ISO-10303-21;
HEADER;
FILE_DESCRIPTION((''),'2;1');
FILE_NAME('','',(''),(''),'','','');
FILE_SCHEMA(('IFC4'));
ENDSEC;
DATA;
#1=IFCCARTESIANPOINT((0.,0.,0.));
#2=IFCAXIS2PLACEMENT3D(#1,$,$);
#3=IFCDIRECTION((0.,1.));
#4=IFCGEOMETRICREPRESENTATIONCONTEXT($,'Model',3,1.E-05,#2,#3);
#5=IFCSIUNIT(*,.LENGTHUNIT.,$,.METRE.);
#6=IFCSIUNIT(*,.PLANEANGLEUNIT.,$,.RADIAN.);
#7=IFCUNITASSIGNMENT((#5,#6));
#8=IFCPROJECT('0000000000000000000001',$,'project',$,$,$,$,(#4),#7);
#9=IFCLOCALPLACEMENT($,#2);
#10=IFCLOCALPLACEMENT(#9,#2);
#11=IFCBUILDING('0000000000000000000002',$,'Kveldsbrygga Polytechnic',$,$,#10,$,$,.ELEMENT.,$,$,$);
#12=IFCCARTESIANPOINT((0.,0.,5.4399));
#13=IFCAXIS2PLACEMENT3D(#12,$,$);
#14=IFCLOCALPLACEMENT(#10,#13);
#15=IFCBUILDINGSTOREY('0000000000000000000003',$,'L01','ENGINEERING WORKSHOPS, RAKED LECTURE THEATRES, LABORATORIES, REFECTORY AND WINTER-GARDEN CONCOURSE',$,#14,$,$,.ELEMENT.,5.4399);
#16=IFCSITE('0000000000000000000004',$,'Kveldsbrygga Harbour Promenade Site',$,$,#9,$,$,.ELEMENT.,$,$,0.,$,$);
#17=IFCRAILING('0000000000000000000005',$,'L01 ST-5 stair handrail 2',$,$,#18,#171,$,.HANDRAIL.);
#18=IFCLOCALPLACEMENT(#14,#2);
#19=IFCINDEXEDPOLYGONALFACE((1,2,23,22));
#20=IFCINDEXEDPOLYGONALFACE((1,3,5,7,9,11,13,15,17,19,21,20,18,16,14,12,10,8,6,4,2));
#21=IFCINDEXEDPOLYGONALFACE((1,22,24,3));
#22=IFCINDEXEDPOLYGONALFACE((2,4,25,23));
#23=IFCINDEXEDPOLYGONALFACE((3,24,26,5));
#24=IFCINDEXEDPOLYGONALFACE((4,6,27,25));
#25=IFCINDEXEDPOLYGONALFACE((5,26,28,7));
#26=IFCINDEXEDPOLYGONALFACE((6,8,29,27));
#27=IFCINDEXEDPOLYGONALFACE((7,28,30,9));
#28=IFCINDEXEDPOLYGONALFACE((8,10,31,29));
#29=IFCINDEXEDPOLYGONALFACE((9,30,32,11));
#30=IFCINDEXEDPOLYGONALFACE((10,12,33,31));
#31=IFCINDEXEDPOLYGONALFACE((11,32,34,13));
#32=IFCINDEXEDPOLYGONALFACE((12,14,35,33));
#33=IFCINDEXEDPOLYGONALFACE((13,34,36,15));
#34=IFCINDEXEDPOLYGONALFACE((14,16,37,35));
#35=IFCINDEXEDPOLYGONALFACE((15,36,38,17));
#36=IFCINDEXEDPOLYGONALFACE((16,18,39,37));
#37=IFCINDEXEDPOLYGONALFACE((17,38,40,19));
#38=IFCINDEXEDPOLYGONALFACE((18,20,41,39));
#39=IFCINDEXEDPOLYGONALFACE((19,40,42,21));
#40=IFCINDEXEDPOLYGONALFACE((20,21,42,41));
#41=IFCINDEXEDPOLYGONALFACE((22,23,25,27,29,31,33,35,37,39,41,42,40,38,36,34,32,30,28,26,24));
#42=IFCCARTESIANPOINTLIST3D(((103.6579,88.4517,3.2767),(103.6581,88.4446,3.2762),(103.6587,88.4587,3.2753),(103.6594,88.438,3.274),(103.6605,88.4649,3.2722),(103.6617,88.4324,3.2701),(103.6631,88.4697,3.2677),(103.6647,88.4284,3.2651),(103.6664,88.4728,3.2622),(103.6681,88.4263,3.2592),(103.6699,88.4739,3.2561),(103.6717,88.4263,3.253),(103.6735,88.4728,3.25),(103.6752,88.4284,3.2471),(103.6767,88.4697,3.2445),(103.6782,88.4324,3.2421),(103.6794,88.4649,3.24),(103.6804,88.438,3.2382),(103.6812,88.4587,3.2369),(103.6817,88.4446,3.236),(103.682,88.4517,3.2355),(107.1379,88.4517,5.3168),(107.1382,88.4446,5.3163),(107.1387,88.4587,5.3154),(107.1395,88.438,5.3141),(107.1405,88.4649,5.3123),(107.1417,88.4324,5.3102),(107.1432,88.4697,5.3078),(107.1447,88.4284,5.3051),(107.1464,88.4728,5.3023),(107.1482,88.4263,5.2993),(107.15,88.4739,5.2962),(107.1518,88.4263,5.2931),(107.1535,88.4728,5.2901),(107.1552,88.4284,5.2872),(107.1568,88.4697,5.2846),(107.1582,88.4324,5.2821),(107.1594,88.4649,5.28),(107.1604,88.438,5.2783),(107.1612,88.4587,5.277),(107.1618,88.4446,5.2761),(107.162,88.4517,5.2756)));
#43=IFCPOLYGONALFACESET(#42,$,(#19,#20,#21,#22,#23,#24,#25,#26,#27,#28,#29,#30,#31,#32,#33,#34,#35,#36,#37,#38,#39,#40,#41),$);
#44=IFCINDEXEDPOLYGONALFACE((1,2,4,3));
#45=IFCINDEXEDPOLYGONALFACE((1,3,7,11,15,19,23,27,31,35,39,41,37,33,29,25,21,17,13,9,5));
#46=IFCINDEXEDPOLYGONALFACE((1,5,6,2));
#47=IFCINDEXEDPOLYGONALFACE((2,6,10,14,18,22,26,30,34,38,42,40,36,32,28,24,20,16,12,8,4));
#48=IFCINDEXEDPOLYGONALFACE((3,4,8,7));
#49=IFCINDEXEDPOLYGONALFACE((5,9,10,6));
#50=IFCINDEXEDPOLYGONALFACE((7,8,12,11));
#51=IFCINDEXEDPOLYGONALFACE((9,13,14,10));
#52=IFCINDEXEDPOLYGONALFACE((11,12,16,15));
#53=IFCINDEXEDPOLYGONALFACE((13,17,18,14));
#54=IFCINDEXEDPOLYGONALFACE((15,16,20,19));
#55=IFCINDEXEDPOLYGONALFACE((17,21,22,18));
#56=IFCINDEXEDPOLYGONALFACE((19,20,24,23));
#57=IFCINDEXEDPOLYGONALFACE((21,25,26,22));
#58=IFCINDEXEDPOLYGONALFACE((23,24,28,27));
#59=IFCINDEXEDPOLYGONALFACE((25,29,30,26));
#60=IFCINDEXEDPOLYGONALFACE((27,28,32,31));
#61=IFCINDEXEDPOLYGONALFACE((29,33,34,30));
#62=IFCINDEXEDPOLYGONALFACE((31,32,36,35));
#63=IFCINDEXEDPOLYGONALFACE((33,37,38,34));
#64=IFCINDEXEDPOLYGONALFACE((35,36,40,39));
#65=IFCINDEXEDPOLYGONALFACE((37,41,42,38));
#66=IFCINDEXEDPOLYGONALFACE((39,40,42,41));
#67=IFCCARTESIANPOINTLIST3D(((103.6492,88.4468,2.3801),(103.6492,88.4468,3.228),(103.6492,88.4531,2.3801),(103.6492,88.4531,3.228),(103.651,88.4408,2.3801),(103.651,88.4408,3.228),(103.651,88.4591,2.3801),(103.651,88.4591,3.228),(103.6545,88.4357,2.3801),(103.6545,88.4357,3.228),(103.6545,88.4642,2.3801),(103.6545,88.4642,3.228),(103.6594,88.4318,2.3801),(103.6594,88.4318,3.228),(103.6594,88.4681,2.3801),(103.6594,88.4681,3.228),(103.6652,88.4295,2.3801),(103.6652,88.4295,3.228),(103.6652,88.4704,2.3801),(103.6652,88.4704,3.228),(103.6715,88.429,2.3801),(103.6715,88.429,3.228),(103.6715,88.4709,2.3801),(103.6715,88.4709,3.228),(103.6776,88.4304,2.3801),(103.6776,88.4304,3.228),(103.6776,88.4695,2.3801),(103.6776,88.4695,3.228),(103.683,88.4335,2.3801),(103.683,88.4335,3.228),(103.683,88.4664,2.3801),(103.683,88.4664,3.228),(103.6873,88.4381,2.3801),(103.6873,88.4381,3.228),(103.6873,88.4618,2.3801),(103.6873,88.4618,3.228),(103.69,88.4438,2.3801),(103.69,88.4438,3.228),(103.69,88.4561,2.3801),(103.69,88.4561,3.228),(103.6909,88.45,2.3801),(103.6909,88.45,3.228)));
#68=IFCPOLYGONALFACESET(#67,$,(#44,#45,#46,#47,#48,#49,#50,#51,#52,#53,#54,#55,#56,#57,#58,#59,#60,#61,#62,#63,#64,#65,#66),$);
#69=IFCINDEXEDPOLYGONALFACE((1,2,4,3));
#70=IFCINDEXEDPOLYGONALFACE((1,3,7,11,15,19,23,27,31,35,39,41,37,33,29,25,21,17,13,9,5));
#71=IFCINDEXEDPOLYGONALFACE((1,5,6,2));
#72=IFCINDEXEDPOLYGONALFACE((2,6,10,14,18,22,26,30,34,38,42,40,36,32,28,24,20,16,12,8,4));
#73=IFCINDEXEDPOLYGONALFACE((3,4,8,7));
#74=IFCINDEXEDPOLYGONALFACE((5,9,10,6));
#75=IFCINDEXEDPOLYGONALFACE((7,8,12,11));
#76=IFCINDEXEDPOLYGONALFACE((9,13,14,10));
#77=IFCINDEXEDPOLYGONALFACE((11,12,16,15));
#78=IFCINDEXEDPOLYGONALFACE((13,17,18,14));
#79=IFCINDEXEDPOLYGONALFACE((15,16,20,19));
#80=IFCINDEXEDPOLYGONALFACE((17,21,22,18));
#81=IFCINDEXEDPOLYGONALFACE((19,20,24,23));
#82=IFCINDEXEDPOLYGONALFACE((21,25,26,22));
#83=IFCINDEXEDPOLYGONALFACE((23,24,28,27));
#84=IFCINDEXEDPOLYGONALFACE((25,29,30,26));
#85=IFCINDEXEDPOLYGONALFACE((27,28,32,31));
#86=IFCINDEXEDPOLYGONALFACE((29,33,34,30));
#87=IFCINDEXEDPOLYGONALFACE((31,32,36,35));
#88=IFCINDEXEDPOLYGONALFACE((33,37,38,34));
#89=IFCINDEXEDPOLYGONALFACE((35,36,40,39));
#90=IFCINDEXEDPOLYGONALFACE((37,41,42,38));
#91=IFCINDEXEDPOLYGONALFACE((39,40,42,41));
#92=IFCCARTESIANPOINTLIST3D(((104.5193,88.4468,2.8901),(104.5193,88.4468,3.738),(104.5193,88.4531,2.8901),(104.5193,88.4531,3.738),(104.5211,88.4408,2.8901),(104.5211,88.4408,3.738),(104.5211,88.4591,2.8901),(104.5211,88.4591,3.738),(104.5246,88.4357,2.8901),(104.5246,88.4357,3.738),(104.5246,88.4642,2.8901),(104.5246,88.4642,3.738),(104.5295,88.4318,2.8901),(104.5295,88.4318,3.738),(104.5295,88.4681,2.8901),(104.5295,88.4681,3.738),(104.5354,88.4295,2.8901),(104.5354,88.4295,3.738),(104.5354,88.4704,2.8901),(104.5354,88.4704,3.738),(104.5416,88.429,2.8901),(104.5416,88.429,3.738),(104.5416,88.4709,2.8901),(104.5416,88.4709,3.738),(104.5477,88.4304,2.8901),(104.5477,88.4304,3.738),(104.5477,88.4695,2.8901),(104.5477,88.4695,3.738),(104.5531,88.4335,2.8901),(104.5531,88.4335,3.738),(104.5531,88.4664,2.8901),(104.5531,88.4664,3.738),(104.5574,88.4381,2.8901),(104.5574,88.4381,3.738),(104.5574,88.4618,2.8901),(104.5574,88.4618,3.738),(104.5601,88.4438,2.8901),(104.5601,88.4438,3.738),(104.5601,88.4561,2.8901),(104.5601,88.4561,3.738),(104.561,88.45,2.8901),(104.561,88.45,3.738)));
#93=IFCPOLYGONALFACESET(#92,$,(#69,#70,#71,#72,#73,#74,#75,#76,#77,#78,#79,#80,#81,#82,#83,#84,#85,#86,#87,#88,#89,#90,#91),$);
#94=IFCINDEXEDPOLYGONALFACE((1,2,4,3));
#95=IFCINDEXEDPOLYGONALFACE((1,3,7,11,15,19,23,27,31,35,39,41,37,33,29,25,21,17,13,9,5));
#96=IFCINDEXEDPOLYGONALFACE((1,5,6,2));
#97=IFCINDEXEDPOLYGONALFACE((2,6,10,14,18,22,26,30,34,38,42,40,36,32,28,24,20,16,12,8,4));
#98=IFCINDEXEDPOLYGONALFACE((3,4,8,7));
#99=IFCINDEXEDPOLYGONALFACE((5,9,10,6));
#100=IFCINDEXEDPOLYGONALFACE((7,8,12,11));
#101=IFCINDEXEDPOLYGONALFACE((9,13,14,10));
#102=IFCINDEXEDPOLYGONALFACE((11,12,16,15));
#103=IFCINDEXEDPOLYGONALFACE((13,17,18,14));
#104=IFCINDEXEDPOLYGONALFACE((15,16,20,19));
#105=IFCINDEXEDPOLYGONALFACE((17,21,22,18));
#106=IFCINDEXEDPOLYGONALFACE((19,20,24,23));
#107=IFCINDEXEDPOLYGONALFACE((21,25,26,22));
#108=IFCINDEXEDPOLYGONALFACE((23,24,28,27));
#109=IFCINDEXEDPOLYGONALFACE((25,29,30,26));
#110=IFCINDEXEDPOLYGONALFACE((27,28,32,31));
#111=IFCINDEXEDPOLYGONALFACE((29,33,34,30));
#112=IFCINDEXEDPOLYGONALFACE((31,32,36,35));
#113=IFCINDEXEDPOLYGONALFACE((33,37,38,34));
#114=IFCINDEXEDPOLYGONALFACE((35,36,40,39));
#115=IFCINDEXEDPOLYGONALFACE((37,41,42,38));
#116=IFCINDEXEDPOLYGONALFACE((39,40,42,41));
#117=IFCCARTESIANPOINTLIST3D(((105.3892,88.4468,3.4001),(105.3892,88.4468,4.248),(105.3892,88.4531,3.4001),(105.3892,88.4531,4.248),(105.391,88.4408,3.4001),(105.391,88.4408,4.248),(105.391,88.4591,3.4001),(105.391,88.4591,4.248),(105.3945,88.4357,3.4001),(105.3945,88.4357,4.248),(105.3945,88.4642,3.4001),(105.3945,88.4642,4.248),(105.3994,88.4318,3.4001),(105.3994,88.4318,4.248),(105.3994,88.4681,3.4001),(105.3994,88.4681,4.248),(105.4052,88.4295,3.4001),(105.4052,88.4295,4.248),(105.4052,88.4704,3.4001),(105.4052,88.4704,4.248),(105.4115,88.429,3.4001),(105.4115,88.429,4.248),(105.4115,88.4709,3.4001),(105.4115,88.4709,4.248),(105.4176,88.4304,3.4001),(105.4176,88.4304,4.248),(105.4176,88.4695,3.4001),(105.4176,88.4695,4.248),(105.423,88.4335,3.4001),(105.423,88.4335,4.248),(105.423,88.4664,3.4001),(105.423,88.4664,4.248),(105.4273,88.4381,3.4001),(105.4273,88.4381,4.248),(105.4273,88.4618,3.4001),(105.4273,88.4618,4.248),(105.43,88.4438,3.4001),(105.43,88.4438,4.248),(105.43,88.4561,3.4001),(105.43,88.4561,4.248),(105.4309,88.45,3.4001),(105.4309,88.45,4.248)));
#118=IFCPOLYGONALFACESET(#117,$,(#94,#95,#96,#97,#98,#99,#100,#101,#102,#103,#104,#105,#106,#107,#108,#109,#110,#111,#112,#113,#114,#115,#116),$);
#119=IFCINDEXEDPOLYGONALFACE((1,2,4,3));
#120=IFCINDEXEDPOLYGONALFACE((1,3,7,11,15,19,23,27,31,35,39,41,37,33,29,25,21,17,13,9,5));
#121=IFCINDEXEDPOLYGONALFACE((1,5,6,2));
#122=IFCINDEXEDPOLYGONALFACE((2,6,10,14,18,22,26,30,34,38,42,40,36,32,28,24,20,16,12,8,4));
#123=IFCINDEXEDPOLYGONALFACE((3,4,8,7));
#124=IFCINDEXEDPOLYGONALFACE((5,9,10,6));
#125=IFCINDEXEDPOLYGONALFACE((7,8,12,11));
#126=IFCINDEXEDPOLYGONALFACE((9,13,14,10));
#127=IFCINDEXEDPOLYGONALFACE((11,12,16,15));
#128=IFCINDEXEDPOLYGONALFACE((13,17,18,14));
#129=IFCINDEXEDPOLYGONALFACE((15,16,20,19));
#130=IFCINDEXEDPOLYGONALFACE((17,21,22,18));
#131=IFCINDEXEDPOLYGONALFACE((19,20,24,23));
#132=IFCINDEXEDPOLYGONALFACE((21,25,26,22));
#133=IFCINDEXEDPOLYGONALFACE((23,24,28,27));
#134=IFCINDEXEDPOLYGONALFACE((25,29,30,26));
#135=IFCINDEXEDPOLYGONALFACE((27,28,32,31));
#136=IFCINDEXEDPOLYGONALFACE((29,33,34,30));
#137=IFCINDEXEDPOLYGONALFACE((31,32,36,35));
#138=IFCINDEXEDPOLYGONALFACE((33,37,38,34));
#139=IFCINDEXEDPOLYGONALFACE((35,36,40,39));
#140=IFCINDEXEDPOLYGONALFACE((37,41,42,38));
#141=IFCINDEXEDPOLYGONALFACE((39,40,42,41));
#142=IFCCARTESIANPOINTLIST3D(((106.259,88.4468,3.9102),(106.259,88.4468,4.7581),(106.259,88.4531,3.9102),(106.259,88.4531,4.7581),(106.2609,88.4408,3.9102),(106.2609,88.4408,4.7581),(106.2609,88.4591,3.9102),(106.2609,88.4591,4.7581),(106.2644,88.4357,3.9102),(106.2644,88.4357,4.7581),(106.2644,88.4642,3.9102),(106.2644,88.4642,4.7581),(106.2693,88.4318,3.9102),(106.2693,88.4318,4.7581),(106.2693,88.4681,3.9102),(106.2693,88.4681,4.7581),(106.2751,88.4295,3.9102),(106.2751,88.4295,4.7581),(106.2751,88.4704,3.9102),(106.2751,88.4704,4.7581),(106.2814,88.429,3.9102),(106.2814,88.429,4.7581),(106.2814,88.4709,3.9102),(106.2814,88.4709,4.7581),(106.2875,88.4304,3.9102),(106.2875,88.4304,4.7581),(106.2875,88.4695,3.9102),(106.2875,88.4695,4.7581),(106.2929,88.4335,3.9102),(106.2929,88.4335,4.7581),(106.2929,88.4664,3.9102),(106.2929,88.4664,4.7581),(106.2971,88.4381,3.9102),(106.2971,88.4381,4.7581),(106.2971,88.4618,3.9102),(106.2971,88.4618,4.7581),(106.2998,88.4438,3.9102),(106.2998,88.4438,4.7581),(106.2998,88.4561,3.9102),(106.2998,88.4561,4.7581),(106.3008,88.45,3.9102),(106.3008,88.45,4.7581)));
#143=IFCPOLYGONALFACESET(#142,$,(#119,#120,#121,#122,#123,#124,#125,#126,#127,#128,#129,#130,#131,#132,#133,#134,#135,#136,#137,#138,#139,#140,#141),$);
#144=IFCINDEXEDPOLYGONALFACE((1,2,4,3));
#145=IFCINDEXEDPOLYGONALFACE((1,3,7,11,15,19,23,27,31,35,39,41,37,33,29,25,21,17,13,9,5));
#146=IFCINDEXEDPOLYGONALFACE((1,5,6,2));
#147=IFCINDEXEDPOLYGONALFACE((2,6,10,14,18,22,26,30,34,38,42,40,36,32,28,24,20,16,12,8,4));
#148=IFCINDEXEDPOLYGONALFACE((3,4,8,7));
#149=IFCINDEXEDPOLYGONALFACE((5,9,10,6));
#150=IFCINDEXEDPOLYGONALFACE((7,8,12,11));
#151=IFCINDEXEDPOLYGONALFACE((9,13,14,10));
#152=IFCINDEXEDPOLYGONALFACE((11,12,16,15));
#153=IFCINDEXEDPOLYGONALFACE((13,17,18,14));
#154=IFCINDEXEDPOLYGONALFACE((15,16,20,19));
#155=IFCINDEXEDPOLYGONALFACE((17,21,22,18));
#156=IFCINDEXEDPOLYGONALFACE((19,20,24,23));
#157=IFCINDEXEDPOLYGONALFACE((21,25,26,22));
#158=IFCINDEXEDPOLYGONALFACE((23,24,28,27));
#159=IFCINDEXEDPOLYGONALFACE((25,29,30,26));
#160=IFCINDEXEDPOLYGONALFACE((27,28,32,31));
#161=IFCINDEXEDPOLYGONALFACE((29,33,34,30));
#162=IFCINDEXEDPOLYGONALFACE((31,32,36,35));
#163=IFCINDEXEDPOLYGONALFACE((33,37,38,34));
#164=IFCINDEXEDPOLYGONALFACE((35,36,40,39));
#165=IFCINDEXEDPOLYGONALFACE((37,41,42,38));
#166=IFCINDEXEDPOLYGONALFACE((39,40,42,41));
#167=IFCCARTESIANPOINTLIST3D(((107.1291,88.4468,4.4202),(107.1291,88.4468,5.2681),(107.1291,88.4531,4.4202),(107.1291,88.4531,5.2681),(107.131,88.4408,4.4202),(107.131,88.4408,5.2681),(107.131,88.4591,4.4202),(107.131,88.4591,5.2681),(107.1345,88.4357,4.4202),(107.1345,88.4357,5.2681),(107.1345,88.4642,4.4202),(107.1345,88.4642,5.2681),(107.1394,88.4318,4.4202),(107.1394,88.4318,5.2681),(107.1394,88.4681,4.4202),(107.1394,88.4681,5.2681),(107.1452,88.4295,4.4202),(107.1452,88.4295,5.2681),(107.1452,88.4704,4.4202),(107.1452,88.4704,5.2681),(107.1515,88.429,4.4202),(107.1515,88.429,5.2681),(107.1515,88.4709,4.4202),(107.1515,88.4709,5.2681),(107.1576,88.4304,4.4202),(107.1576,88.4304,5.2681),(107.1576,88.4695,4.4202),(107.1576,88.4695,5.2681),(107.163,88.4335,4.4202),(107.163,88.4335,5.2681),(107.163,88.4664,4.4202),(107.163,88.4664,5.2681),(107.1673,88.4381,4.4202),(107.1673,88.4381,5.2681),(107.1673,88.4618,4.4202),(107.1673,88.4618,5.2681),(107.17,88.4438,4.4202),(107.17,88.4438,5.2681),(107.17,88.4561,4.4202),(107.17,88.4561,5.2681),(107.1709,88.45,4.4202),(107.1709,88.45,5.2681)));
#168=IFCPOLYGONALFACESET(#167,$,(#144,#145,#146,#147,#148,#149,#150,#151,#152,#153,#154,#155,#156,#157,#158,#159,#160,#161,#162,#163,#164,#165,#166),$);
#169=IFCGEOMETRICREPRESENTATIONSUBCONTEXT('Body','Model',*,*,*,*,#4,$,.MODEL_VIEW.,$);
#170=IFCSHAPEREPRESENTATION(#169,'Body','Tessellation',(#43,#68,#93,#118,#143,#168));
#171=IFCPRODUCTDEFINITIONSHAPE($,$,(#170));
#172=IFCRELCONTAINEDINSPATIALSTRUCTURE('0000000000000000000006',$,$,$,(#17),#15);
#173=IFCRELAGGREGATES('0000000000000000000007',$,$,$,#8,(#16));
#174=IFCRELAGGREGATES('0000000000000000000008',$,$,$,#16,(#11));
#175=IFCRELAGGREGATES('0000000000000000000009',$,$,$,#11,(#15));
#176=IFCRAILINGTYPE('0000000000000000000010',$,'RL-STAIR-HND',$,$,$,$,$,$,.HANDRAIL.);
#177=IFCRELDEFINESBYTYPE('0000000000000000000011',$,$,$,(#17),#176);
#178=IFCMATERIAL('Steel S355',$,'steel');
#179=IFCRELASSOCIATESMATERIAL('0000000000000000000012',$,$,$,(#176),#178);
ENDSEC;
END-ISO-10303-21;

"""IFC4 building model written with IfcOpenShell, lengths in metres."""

from ifc_helpers import new_model, si_unit, direction, frame, origin, origin_2d, place, context, subcontext, project, spatial, circle, extrude, material, type_object, element, save


model = new_model("IFC4")

# Units and contexts
model_context = context("Model", 3, precision=1e-05, world=origin(), true_north=direction((0.0, 1.0)))
body_context = subcontext(model_context, "Body", "Model", "MODEL_VIEW")
ifc_project = project(units=[si_unit("LENGTHUNIT", "METRE"), si_unit("PLANEANGLEUNIT", "RADIAN")], contexts=[model_context])

# Site, building, storey
site_placement = place(None, origin())
site = spatial("IfcSite", under=ifc_project, at=site_placement, Name="Kveldsbrygga Harbour Promenade Site", CompositionType="ELEMENT", RefElevation=0.0)
building_placement = place(site_placement, origin())
building = spatial("IfcBuilding", under=site, at=building_placement, Name="Kveldsbrygga Polytechnic", CompositionType="ELEMENT")
storey_placement = place(building_placement, frame((0.0, 0.0, 5.4399)))
storey = spatial("IfcBuildingStorey", under=building, at=storey_placement, Name="L01", Description="ENGINEERING WORKSHOPS, RAKED LECTURE THEATRES, LABORATORIES, REFECTORY AND WINTER-GARDEN CONCOURSE", CompositionType="ELEMENT", Elevation=5.4399)

# Railing
ifc_material_1 = material(Name="Steel S355", Category="steel")
railing_type_1 = type_object("IfcRailingType", Name="RL-STAIR-HND", PredefinedType="HANDRAIL", material=ifc_material_1)
railing_1_placement = place(storey_placement, frame((103.6699, 88.45, 2.3801)))
element("IfcRailing", 1, at=railing_1_placement, inside=storey, type_object=railing_type_1, Name="L01 ST-5 stair handrail 2", PredefinedType="HANDRAIL", context=body_context, shape_type="SweptSolid", body=[
    extrude(circle(Radius=0.0239, at=origin_2d()), frame((0.0, 0.0, 0.876), z_axis=(0.862693, 0.0, 0.505729), x_axis=(0.0, 1.0, 0.0)), (0.0, 0.0, 1.0), 4.0339),
    extrude(circle(Radius=0.021, at=origin_2d()), origin(), (0.0, 0.0, 1.0), 0.8479),
    extrude(circle(Radius=0.021, at=origin_2d()), frame((0.8701, 0.0, 0.51)), (0.0, 0.0, 1.0), 0.8479),
    extrude(circle(Radius=0.021, at=origin_2d()), frame((1.74, 0.0, 1.02)), (0.0, 0.0, 1.0), 0.8479),
    extrude(circle(Radius=0.021, at=origin_2d()), frame((2.6099, 0.0, 1.53)), (0.0, 0.0, 1.0), 0.8479),
    extrude(circle(Radius=0.021, at=origin_2d()), frame((3.48, 0.0, 2.04)), (0.0, 0.0, 1.0), 0.8479),
])

save(model, "model.ifc")
